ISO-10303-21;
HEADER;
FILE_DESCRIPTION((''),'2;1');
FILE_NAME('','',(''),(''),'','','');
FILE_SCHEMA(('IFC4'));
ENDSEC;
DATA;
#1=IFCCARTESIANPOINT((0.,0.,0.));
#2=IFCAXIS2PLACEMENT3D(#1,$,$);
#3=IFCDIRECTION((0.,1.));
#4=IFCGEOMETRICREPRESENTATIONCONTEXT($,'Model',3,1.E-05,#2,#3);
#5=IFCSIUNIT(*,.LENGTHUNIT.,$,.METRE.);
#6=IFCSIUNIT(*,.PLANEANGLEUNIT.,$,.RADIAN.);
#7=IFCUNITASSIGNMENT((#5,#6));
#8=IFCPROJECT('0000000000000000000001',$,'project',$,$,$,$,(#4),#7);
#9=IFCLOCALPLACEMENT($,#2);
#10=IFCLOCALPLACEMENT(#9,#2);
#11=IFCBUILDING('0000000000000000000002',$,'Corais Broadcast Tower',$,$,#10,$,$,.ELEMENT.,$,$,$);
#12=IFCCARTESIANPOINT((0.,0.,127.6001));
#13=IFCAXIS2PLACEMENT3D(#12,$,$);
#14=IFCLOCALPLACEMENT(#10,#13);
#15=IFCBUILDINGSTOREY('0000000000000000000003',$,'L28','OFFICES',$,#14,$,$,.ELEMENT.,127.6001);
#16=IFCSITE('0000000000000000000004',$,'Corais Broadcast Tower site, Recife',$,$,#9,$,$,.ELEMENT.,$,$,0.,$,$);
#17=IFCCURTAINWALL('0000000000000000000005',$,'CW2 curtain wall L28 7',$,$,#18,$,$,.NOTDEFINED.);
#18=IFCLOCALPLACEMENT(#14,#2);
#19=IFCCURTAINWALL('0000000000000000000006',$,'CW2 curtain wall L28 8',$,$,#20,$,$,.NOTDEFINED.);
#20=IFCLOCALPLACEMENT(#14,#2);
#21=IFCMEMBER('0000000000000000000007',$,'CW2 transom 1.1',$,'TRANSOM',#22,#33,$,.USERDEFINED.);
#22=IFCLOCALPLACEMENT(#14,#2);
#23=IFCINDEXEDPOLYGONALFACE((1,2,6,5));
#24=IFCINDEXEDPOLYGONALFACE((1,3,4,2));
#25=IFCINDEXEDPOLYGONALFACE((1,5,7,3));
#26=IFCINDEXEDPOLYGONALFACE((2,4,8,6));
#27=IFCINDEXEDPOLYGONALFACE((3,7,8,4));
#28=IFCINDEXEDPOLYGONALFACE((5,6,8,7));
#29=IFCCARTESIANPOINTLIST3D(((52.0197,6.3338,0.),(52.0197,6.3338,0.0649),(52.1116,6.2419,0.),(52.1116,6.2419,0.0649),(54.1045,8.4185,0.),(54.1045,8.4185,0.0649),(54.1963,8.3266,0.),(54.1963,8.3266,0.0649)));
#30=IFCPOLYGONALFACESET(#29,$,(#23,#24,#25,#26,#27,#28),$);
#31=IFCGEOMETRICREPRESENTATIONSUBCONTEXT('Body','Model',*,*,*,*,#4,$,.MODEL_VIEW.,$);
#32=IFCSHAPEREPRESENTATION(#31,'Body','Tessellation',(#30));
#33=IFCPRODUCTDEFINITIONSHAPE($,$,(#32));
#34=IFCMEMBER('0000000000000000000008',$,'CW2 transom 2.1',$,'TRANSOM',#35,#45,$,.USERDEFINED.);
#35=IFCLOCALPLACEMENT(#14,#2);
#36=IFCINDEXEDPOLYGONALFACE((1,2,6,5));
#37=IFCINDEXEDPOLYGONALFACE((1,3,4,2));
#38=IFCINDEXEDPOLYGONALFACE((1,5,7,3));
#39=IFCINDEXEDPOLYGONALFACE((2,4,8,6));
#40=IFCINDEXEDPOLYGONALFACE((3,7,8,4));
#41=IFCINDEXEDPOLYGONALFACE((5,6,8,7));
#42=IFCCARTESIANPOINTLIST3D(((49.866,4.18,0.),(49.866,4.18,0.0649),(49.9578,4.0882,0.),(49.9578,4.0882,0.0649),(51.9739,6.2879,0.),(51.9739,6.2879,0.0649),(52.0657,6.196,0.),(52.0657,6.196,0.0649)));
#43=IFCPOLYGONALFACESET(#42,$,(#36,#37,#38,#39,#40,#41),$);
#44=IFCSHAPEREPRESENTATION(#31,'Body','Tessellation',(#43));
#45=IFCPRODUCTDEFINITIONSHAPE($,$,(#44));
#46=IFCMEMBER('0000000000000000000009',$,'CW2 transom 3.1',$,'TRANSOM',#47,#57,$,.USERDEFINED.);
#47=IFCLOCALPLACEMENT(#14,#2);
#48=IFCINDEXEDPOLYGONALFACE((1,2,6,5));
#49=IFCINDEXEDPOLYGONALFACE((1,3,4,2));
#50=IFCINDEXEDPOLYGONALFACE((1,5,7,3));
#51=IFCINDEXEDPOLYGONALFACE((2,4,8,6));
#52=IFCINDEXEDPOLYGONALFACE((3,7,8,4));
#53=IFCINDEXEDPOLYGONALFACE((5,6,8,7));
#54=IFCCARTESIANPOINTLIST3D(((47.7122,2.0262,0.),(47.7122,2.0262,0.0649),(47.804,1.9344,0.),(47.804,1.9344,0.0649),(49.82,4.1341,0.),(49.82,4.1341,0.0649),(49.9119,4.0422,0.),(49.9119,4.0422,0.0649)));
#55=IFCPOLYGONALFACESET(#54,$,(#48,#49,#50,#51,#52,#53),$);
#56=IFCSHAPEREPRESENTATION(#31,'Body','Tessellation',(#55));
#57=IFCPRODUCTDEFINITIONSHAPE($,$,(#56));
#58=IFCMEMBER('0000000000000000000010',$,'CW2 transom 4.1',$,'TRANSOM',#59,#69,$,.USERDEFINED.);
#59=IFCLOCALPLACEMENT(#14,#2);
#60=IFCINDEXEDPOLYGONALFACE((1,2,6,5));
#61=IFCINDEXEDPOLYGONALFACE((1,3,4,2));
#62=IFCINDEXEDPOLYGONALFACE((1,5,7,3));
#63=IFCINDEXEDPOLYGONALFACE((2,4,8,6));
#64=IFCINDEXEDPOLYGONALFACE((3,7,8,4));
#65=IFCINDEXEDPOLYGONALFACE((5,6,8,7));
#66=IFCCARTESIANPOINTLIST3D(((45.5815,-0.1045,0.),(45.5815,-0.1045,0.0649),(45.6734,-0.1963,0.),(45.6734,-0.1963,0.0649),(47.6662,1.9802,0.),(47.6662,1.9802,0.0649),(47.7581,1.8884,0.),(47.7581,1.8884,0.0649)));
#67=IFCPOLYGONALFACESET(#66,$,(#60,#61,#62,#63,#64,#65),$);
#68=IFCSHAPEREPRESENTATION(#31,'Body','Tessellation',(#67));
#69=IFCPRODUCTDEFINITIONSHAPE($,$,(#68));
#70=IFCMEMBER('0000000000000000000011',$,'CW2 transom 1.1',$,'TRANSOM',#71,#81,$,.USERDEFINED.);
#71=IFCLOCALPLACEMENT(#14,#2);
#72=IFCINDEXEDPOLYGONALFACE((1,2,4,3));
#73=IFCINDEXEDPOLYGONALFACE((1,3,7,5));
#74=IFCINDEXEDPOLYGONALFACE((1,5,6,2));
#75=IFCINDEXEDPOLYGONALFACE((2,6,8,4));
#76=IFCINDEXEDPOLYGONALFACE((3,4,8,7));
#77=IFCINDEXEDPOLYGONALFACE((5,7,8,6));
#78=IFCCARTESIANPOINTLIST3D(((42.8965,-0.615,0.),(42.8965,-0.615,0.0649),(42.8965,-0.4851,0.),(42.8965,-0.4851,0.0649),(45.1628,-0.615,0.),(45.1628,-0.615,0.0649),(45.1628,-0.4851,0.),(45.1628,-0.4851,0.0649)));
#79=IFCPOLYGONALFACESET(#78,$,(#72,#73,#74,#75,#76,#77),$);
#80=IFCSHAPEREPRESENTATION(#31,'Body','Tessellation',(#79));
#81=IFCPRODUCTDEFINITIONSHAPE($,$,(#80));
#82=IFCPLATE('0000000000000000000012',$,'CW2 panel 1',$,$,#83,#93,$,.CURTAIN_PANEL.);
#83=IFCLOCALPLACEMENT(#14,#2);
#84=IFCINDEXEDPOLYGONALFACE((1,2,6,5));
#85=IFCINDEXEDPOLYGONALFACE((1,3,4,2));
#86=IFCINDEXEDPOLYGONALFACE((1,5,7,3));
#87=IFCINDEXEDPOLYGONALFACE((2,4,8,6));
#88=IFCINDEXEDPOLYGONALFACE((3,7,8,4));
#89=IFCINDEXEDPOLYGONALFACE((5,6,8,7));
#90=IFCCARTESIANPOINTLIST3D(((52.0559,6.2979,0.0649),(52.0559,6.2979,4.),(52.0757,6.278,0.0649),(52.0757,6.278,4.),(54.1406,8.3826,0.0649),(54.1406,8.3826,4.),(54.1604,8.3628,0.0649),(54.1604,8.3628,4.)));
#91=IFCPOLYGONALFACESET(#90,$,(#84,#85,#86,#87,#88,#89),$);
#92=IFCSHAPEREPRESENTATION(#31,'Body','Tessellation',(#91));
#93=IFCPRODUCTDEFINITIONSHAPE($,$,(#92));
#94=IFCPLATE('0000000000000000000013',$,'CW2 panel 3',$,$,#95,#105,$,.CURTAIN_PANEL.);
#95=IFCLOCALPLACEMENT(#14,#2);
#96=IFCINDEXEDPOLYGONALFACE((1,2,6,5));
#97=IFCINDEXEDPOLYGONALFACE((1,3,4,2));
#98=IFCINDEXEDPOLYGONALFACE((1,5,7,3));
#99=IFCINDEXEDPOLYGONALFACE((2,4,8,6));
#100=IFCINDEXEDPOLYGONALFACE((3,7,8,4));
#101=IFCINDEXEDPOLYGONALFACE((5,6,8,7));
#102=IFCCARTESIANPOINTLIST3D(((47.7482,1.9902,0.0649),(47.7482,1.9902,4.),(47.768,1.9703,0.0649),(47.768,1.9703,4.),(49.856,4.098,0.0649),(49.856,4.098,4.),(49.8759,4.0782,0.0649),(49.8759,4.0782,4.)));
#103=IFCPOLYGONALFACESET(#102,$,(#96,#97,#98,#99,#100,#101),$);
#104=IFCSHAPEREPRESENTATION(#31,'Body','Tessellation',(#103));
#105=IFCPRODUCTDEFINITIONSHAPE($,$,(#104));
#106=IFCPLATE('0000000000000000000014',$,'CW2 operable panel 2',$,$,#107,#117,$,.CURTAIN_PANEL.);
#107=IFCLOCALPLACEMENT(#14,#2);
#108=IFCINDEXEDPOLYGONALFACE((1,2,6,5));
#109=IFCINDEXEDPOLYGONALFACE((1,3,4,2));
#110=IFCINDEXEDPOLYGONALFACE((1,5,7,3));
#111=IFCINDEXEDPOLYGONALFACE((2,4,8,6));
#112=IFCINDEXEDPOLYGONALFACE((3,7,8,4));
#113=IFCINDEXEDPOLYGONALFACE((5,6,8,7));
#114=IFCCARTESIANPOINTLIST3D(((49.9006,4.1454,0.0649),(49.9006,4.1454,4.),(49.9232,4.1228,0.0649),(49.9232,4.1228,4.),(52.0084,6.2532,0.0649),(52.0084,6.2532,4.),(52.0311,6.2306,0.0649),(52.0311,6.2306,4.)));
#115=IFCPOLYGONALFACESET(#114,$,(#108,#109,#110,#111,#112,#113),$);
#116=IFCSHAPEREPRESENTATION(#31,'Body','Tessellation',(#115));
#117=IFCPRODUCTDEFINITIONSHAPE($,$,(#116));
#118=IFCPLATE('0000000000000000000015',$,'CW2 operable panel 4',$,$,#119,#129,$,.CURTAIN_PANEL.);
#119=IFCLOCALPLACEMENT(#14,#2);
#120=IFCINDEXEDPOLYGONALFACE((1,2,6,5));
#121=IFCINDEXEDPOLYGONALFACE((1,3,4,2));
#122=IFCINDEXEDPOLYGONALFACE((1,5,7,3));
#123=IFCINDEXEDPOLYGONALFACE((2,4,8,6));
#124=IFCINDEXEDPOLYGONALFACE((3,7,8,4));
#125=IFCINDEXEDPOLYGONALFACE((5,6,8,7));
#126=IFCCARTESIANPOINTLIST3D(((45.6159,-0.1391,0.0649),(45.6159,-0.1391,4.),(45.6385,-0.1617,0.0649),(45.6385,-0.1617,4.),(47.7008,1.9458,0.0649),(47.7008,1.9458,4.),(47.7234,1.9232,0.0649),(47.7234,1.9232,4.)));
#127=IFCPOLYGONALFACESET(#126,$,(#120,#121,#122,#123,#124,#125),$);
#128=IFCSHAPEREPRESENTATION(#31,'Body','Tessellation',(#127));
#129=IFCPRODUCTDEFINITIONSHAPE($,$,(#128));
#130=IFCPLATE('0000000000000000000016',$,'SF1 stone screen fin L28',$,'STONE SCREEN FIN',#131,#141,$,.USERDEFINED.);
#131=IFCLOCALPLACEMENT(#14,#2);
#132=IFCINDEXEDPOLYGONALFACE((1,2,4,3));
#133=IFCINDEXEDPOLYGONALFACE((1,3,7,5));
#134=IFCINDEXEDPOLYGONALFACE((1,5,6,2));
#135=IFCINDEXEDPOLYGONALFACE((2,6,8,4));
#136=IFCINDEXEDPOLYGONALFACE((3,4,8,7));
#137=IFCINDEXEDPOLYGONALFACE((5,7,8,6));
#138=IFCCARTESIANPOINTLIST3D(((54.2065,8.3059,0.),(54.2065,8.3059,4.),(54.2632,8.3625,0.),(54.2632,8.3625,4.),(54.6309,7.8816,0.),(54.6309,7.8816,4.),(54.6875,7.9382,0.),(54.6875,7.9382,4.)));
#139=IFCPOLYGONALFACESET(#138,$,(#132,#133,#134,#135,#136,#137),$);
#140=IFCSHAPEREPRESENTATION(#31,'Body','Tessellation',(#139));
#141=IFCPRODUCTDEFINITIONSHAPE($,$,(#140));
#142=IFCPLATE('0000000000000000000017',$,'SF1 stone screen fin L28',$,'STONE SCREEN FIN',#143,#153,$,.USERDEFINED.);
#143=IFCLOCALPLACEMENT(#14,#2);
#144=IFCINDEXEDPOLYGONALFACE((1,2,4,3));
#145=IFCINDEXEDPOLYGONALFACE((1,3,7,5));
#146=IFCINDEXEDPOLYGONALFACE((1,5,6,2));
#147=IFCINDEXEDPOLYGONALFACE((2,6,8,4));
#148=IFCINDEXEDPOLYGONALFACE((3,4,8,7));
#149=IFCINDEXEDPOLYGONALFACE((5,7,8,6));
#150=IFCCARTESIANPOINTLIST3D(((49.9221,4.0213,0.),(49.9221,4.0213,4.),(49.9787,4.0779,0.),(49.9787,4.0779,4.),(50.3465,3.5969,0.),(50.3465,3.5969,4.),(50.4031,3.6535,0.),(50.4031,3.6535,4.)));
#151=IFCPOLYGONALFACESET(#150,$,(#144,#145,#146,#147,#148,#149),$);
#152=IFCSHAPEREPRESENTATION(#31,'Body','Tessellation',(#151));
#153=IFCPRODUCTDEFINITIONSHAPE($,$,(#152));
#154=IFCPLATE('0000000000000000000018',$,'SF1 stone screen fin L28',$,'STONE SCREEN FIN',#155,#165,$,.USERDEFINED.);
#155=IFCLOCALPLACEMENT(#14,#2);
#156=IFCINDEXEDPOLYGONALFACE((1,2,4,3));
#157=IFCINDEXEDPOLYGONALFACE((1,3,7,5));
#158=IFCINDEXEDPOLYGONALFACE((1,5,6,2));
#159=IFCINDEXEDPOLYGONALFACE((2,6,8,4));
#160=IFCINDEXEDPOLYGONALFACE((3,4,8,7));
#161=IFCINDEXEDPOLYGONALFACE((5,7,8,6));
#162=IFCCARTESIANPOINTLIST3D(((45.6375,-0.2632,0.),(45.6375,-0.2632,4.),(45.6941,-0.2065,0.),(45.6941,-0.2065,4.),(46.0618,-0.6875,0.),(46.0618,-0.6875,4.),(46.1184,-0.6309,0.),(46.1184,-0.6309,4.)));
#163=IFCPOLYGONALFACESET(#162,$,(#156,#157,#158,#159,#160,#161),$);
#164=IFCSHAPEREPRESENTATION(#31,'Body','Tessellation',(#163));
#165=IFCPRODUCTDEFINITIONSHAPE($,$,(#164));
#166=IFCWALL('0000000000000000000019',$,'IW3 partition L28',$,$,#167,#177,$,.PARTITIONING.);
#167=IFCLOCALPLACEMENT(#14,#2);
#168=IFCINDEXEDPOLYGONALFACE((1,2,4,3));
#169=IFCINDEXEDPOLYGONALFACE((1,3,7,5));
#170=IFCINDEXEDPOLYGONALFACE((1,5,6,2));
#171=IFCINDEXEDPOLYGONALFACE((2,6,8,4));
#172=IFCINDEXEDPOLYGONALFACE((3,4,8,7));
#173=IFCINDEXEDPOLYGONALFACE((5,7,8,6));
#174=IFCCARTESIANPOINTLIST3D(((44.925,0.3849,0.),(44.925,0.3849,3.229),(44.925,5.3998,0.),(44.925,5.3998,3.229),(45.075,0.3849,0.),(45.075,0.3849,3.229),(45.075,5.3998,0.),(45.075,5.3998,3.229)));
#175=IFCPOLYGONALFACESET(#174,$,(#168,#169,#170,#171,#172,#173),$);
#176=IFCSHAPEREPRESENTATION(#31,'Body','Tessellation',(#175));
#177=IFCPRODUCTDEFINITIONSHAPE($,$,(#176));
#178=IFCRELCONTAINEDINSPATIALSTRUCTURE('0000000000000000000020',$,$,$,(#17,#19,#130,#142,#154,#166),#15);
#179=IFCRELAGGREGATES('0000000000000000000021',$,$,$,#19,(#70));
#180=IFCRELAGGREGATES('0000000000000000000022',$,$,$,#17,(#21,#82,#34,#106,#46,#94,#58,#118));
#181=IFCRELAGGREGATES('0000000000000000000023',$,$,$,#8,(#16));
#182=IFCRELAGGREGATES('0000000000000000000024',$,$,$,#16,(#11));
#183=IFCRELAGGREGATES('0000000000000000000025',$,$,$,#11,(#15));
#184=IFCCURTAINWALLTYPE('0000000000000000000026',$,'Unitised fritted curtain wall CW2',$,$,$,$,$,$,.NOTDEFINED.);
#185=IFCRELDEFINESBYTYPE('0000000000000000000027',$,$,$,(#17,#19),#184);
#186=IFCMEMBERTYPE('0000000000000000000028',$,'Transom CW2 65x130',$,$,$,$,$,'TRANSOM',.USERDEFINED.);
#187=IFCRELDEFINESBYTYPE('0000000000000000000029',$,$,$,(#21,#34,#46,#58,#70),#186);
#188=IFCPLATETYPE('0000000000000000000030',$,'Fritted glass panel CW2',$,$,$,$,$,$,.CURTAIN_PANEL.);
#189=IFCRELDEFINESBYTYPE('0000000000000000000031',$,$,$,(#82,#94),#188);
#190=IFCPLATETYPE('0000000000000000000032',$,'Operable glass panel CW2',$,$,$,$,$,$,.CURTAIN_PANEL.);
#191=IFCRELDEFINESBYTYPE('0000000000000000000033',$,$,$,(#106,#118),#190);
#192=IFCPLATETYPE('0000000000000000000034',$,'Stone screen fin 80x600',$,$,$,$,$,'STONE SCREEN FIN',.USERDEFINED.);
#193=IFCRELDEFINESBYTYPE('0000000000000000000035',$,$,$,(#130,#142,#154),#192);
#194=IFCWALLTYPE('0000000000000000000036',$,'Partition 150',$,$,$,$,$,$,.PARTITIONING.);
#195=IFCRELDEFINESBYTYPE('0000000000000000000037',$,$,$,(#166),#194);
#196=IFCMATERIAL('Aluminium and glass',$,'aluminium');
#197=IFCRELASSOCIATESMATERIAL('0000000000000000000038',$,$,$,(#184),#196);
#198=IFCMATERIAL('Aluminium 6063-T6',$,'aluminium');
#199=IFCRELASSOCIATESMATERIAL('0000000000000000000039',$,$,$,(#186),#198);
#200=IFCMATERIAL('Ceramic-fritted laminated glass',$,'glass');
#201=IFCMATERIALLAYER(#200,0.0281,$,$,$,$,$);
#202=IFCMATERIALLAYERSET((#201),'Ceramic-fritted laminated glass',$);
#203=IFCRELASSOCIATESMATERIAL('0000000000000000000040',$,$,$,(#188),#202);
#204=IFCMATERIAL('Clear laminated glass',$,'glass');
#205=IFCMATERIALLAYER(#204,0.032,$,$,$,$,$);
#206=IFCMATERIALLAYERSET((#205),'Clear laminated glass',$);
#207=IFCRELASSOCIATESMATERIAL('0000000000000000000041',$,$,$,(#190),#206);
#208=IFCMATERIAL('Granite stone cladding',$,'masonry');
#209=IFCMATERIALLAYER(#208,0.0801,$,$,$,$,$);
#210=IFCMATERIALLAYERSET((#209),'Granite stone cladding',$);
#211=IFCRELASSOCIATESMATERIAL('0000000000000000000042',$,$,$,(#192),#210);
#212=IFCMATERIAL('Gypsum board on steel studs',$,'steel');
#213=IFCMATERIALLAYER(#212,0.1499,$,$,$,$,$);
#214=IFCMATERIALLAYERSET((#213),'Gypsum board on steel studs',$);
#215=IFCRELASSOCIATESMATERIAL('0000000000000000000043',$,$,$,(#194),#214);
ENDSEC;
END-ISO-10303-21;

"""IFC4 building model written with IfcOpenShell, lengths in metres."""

from ifc_helpers import new_model, si_unit, direction, frame, frame_2d, origin, origin_2d, place, context, subcontext, project, spatial, rectangle, extrude, material, layer, layer_set, material_profile, profile_set, type_object, element, aggregate, save


model = new_model("IFC4")

# Units and contexts
model_context = context("Model", 3, precision=1e-05, world=origin(), true_north=direction((0.0, 1.0)))
body_context = subcontext(model_context, "Body", "Model", "MODEL_VIEW")
ifc_project = project(units=[si_unit("LENGTHUNIT", "METRE"), si_unit("PLANEANGLEUNIT", "RADIAN")], contexts=[model_context])

# Site, building, storey
site_placement = place(None, origin())
site = spatial("IfcSite", under=ifc_project, at=site_placement, Name="Corais Broadcast Tower site, Recife", CompositionType="ELEMENT", RefElevation=0.0)
building_placement = place(site_placement, origin())
building = spatial("IfcBuilding", under=site, at=building_placement, Name="Corais Broadcast Tower", CompositionType="ELEMENT")
storey_placement = place(building_placement, frame((0.0, 0.0, 127.6001)))
storey = spatial("IfcBuildingStorey", under=building, at=storey_placement, Name="L28", Description="OFFICES", CompositionType="ELEMENT", Elevation=127.6001)

# Shared definitions
ifc_material_1 = material(Name="Aluminium and glass", Category="aluminium")
curtain_wall_type = type_object("IfcCurtainWallType", Name="Unitised fritted curtain wall CW2", PredefinedType="NOTDEFINED", material=ifc_material_1)

# Curtain wall
curtain_wall_1_placement = place(storey_placement, origin())
curtain_wall_1 = element("IfcCurtainWall", 1, at=curtain_wall_1_placement, inside=storey, type_object=curtain_wall_type, Name="CW2 curtain wall L28 7", PredefinedType="NOTDEFINED")

# Curtain wall
curtain_wall_2_placement = place(storey_placement, origin())
curtain_wall_2 = element("IfcCurtainWall", 2, at=curtain_wall_2_placement, inside=storey, type_object=curtain_wall_type, Name="CW2 curtain wall L28 8", PredefinedType="NOTDEFINED")

# Members
ifc_material_2 = material(Name="Aluminium 6063-T6", Category="aluminium")
ifc_material_profile_1 = material_profile(ifc_material_2, rectangle(XDim=0.1299, YDim=0.0649, at=origin_2d()), Name="Transom CW2 65x130")
ifc_profile_set_1 = profile_set([ifc_material_profile_1], Name="Aluminium 6063-T6")
member_type_1 = type_object("IfcMemberType", Name="Transom CW2 65x130", ElementType="TRANSOM", PredefinedType="USERDEFINED", material=ifc_profile_set_1)
member_1_placement = place(storey_placement, frame((54.1504, 8.3726, 0.0325), z_axis=(-0.707107, -0.707107, 0.0), x_axis=(0.707107, -0.707107, 0.0)))
member_1 = element("IfcMember", 3, at=member_1_placement, type_object=member_type_1, Name="CW2 transom 1.1", ObjectType="TRANSOM", PredefinedType="USERDEFINED", context=body_context, shape_type="SweptSolid", body=[
    extrude(rectangle(XDim=0.1299, YDim=0.0649, at=origin_2d()), origin(), (0.0, 0.0, 1.0), 2.9482),
])
member_2_placement = place(storey_placement, frame((52.0198, 6.2419, 0.0325), z_axis=(-0.707107, -0.707107, 0.0), x_axis=(0.707107, -0.707107, 0.0)))
member_2 = element("IfcMember", 4, at=member_2_placement, type_object=member_type_1, Name="CW2 transom 2.1", ObjectType="TRANSOM", PredefinedType="USERDEFINED", context=body_context, shape_type="SweptSolid", body=[
    extrude(rectangle(XDim=0.1299, YDim=0.0649, at=origin_2d()), origin(), (0.0, 0.0, 1.0), 2.981),
])
member_3_placement = place(storey_placement, frame((49.866, 4.0881, 0.0325), z_axis=(-0.707107, -0.707107, 0.0), x_axis=(0.707107, -0.707107, 0.0)))
member_3 = element("IfcMember", 5, at=member_3_placement, type_object=member_type_1, Name="CW2 transom 3.1", ObjectType="TRANSOM", PredefinedType="USERDEFINED", context=body_context, shape_type="SweptSolid", body=[
    extrude(rectangle(XDim=0.1299, YDim=0.0649, at=origin_2d()), origin(), (0.0, 0.0, 1.0), 2.981),
])
member_4_placement = place(storey_placement, frame((47.7122, 1.9343, 0.0325), z_axis=(-0.707107, -0.707107, 0.0), x_axis=(0.707107, -0.707107, 0.0)))
member_4 = element("IfcMember", 6, at=member_4_placement, type_object=member_type_1, Name="CW2 transom 4.1", ObjectType="TRANSOM", PredefinedType="USERDEFINED", context=body_context, shape_type="SweptSolid", body=[
    extrude(rectangle(XDim=0.1299, YDim=0.0649, at=origin_2d()), origin(), (0.0, 0.0, 1.0), 2.9482),
])
member_5_placement = place(storey_placement, frame((45.1628, -0.55, 0.0325), z_axis=(-1.0, 0.0, 0.0), x_axis=(0.0, -1.0, 0.0)))
member_5 = element("IfcMember", 7, at=member_5_placement, type_object=member_type_1, Name="CW2 transom 1.1", ObjectType="TRANSOM", PredefinedType="USERDEFINED", context=body_context, shape_type="SweptSolid", body=[
    extrude(rectangle(XDim=0.1299, YDim=0.0649, at=origin_2d()), origin(), (0.0, 0.0, 1.0), 2.2664),
])
aggregate(curtain_wall_2, [member_5])

# Plates
ifc_material_3 = material(Name="Ceramic-fritted laminated glass", Category="glass")
ifc_layer_1 = layer(ifc_material_3, 0.0281)
ifc_layer_set_1 = layer_set([ifc_layer_1], Name="Ceramic-fritted laminated glass")
plate_type_1 = type_object("IfcPlateType", Name="Fritted glass panel CW2", PredefinedType="CURTAIN_PANEL", material=ifc_layer_set_1)
plate_1_placement = place(storey_placement, frame((53.1082, 7.3303, 0.0649), z_axis=(0.0, 0.0, 1.0), x_axis=(-0.707107, -0.707107, 0.0)))
plate_1 = element("IfcPlate", 8, at=plate_1_placement, type_object=plate_type_1, Name="CW2 panel 1", PredefinedType="CURTAIN_PANEL", context=body_context, shape_type="SweptSolid", body=[
    extrude(rectangle(XDim=2.9482, YDim=0.0281, at=origin_2d()), origin(), (0.0, 0.0, 1.0), 3.9351),
])
plate_2_placement = place(storey_placement, frame((48.812, 3.0342, 0.0649), z_axis=(0.0, 0.0, 1.0), x_axis=(-0.707107, -0.707107, 0.0)))
plate_2 = element("IfcPlate", 9, at=plate_2_placement, type_object=plate_type_1, Name="CW2 panel 3", PredefinedType="CURTAIN_PANEL", context=body_context, shape_type="SweptSolid", body=[
    extrude(rectangle(XDim=2.981, YDim=0.0281, at=origin_2d()), origin(), (0.0, 0.0, 1.0), 3.9351),
])
ifc_material_4 = material(Name="Clear laminated glass", Category="glass")
ifc_layer_2 = layer(ifc_material_4, 0.032)
ifc_layer_set_2 = layer_set([ifc_layer_2], Name="Clear laminated glass")
plate_type_2 = type_object("IfcPlateType", Name="Operable glass panel CW2", PredefinedType="CURTAIN_PANEL", material=ifc_layer_set_2)
plate_3_placement = place(storey_placement, frame((50.9658, 5.188, 0.0649), z_axis=(0.0, 0.0, 1.0), x_axis=(-0.707107, -0.707107, 0.0)))
plate_3 = element("IfcPlate", 10, at=plate_3_placement, type_object=plate_type_2, Name="CW2 operable panel 2", PredefinedType="CURTAIN_PANEL", context=body_context, shape_type="SweptSolid", body=[
    extrude(rectangle(XDim=2.981, YDim=0.032, at=origin_2d()), origin(), (0.0, 0.0, 1.0), 3.9351),
])
plate_4_placement = place(storey_placement, frame((46.6697, 0.8921, 0.0649), z_axis=(0.0, 0.0, 1.0), x_axis=(-0.707107, -0.707107, 0.0)))
plate_4 = element("IfcPlate", 11, at=plate_4_placement, type_object=plate_type_2, Name="CW2 operable panel 4", PredefinedType="CURTAIN_PANEL", context=body_context, shape_type="SweptSolid", body=[
    extrude(rectangle(XDim=2.9485, YDim=0.032, at=origin_2d()), origin(), (0.0, 0.0, 1.0), 3.9351),
])
aggregate(curtain_wall_1, [member_1, plate_1, member_2, plate_3, member_3, plate_2, member_4, plate_4])

# Plates
ifc_material_5 = material(Name="Granite stone cladding", Category="masonry")
ifc_layer_3 = layer(ifc_material_5, 0.0801)
ifc_layer_set_3 = layer_set([ifc_layer_3], Name="Granite stone cladding")
plate_type_3 = type_object("IfcPlateType", Name="Stone screen fin 80x600", ElementType="STONE SCREEN FIN", PredefinedType="USERDEFINED", material=ifc_layer_set_3)
for number, where, z_axis, x_axis, name in (
    (12, (54.447, 8.1221, 0.0), (0.0, 0.0, 1.0), (-0.707107, -0.707107, 0.0), "SF1 stone screen fin L28"),
    (13, (50.1626, 3.8374, 0.0), (0.0, 0.0, 1.0), (-0.707107, -0.707107, 0.0), "SF1 stone screen fin L28"),
    (14, (45.8779, -0.447, 0.0), (0.0, 0.0, 1.0), (-0.707107, -0.707107, 0.0), "SF1 stone screen fin L28"),
):
    element("IfcPlate", number, at=place(storey_placement, frame(where, z_axis=z_axis, x_axis=x_axis)), inside=storey, type_object=plate_type_3, Name=name, ObjectType="STONE SCREEN FIN", PredefinedType="USERDEFINED", context=body_context, shape_type="SweptSolid", body=[
        extrude(rectangle(XDim=0.0801, YDim=0.6001, at=origin_2d()), origin(), (0.0, 0.0, 1.0), 4.0),
    ])

# Wall
ifc_material_6 = material(Name="Gypsum board on steel studs", Category="steel")
ifc_layer_4 = layer(ifc_material_6, 0.1499)
ifc_layer_set_4 = layer_set([ifc_layer_4], Name="Gypsum board on steel studs")
wall_type = type_object("IfcWallType", Name="Partition 150", PredefinedType="PARTITIONING", material=ifc_layer_set_4)
wall_1_placement = place(storey_placement, frame((45.0, 0.385, 0.0), z_axis=(0.0, 0.0, 1.0), x_axis=(0.0, 1.0, 0.0)))
element("IfcWall", 15, at=wall_1_placement, inside=storey, type_object=wall_type, Name="IW3 partition L28", PredefinedType="PARTITIONING", context=body_context, shape_type="SweptSolid", body=[
    extrude(rectangle(XDim=5.0149, YDim=0.1499, at=frame_2d((2.5073, 0.0))), origin(), (0.0, 0.0, 1.0), 3.229),
])

save(model, "model.ifc")
